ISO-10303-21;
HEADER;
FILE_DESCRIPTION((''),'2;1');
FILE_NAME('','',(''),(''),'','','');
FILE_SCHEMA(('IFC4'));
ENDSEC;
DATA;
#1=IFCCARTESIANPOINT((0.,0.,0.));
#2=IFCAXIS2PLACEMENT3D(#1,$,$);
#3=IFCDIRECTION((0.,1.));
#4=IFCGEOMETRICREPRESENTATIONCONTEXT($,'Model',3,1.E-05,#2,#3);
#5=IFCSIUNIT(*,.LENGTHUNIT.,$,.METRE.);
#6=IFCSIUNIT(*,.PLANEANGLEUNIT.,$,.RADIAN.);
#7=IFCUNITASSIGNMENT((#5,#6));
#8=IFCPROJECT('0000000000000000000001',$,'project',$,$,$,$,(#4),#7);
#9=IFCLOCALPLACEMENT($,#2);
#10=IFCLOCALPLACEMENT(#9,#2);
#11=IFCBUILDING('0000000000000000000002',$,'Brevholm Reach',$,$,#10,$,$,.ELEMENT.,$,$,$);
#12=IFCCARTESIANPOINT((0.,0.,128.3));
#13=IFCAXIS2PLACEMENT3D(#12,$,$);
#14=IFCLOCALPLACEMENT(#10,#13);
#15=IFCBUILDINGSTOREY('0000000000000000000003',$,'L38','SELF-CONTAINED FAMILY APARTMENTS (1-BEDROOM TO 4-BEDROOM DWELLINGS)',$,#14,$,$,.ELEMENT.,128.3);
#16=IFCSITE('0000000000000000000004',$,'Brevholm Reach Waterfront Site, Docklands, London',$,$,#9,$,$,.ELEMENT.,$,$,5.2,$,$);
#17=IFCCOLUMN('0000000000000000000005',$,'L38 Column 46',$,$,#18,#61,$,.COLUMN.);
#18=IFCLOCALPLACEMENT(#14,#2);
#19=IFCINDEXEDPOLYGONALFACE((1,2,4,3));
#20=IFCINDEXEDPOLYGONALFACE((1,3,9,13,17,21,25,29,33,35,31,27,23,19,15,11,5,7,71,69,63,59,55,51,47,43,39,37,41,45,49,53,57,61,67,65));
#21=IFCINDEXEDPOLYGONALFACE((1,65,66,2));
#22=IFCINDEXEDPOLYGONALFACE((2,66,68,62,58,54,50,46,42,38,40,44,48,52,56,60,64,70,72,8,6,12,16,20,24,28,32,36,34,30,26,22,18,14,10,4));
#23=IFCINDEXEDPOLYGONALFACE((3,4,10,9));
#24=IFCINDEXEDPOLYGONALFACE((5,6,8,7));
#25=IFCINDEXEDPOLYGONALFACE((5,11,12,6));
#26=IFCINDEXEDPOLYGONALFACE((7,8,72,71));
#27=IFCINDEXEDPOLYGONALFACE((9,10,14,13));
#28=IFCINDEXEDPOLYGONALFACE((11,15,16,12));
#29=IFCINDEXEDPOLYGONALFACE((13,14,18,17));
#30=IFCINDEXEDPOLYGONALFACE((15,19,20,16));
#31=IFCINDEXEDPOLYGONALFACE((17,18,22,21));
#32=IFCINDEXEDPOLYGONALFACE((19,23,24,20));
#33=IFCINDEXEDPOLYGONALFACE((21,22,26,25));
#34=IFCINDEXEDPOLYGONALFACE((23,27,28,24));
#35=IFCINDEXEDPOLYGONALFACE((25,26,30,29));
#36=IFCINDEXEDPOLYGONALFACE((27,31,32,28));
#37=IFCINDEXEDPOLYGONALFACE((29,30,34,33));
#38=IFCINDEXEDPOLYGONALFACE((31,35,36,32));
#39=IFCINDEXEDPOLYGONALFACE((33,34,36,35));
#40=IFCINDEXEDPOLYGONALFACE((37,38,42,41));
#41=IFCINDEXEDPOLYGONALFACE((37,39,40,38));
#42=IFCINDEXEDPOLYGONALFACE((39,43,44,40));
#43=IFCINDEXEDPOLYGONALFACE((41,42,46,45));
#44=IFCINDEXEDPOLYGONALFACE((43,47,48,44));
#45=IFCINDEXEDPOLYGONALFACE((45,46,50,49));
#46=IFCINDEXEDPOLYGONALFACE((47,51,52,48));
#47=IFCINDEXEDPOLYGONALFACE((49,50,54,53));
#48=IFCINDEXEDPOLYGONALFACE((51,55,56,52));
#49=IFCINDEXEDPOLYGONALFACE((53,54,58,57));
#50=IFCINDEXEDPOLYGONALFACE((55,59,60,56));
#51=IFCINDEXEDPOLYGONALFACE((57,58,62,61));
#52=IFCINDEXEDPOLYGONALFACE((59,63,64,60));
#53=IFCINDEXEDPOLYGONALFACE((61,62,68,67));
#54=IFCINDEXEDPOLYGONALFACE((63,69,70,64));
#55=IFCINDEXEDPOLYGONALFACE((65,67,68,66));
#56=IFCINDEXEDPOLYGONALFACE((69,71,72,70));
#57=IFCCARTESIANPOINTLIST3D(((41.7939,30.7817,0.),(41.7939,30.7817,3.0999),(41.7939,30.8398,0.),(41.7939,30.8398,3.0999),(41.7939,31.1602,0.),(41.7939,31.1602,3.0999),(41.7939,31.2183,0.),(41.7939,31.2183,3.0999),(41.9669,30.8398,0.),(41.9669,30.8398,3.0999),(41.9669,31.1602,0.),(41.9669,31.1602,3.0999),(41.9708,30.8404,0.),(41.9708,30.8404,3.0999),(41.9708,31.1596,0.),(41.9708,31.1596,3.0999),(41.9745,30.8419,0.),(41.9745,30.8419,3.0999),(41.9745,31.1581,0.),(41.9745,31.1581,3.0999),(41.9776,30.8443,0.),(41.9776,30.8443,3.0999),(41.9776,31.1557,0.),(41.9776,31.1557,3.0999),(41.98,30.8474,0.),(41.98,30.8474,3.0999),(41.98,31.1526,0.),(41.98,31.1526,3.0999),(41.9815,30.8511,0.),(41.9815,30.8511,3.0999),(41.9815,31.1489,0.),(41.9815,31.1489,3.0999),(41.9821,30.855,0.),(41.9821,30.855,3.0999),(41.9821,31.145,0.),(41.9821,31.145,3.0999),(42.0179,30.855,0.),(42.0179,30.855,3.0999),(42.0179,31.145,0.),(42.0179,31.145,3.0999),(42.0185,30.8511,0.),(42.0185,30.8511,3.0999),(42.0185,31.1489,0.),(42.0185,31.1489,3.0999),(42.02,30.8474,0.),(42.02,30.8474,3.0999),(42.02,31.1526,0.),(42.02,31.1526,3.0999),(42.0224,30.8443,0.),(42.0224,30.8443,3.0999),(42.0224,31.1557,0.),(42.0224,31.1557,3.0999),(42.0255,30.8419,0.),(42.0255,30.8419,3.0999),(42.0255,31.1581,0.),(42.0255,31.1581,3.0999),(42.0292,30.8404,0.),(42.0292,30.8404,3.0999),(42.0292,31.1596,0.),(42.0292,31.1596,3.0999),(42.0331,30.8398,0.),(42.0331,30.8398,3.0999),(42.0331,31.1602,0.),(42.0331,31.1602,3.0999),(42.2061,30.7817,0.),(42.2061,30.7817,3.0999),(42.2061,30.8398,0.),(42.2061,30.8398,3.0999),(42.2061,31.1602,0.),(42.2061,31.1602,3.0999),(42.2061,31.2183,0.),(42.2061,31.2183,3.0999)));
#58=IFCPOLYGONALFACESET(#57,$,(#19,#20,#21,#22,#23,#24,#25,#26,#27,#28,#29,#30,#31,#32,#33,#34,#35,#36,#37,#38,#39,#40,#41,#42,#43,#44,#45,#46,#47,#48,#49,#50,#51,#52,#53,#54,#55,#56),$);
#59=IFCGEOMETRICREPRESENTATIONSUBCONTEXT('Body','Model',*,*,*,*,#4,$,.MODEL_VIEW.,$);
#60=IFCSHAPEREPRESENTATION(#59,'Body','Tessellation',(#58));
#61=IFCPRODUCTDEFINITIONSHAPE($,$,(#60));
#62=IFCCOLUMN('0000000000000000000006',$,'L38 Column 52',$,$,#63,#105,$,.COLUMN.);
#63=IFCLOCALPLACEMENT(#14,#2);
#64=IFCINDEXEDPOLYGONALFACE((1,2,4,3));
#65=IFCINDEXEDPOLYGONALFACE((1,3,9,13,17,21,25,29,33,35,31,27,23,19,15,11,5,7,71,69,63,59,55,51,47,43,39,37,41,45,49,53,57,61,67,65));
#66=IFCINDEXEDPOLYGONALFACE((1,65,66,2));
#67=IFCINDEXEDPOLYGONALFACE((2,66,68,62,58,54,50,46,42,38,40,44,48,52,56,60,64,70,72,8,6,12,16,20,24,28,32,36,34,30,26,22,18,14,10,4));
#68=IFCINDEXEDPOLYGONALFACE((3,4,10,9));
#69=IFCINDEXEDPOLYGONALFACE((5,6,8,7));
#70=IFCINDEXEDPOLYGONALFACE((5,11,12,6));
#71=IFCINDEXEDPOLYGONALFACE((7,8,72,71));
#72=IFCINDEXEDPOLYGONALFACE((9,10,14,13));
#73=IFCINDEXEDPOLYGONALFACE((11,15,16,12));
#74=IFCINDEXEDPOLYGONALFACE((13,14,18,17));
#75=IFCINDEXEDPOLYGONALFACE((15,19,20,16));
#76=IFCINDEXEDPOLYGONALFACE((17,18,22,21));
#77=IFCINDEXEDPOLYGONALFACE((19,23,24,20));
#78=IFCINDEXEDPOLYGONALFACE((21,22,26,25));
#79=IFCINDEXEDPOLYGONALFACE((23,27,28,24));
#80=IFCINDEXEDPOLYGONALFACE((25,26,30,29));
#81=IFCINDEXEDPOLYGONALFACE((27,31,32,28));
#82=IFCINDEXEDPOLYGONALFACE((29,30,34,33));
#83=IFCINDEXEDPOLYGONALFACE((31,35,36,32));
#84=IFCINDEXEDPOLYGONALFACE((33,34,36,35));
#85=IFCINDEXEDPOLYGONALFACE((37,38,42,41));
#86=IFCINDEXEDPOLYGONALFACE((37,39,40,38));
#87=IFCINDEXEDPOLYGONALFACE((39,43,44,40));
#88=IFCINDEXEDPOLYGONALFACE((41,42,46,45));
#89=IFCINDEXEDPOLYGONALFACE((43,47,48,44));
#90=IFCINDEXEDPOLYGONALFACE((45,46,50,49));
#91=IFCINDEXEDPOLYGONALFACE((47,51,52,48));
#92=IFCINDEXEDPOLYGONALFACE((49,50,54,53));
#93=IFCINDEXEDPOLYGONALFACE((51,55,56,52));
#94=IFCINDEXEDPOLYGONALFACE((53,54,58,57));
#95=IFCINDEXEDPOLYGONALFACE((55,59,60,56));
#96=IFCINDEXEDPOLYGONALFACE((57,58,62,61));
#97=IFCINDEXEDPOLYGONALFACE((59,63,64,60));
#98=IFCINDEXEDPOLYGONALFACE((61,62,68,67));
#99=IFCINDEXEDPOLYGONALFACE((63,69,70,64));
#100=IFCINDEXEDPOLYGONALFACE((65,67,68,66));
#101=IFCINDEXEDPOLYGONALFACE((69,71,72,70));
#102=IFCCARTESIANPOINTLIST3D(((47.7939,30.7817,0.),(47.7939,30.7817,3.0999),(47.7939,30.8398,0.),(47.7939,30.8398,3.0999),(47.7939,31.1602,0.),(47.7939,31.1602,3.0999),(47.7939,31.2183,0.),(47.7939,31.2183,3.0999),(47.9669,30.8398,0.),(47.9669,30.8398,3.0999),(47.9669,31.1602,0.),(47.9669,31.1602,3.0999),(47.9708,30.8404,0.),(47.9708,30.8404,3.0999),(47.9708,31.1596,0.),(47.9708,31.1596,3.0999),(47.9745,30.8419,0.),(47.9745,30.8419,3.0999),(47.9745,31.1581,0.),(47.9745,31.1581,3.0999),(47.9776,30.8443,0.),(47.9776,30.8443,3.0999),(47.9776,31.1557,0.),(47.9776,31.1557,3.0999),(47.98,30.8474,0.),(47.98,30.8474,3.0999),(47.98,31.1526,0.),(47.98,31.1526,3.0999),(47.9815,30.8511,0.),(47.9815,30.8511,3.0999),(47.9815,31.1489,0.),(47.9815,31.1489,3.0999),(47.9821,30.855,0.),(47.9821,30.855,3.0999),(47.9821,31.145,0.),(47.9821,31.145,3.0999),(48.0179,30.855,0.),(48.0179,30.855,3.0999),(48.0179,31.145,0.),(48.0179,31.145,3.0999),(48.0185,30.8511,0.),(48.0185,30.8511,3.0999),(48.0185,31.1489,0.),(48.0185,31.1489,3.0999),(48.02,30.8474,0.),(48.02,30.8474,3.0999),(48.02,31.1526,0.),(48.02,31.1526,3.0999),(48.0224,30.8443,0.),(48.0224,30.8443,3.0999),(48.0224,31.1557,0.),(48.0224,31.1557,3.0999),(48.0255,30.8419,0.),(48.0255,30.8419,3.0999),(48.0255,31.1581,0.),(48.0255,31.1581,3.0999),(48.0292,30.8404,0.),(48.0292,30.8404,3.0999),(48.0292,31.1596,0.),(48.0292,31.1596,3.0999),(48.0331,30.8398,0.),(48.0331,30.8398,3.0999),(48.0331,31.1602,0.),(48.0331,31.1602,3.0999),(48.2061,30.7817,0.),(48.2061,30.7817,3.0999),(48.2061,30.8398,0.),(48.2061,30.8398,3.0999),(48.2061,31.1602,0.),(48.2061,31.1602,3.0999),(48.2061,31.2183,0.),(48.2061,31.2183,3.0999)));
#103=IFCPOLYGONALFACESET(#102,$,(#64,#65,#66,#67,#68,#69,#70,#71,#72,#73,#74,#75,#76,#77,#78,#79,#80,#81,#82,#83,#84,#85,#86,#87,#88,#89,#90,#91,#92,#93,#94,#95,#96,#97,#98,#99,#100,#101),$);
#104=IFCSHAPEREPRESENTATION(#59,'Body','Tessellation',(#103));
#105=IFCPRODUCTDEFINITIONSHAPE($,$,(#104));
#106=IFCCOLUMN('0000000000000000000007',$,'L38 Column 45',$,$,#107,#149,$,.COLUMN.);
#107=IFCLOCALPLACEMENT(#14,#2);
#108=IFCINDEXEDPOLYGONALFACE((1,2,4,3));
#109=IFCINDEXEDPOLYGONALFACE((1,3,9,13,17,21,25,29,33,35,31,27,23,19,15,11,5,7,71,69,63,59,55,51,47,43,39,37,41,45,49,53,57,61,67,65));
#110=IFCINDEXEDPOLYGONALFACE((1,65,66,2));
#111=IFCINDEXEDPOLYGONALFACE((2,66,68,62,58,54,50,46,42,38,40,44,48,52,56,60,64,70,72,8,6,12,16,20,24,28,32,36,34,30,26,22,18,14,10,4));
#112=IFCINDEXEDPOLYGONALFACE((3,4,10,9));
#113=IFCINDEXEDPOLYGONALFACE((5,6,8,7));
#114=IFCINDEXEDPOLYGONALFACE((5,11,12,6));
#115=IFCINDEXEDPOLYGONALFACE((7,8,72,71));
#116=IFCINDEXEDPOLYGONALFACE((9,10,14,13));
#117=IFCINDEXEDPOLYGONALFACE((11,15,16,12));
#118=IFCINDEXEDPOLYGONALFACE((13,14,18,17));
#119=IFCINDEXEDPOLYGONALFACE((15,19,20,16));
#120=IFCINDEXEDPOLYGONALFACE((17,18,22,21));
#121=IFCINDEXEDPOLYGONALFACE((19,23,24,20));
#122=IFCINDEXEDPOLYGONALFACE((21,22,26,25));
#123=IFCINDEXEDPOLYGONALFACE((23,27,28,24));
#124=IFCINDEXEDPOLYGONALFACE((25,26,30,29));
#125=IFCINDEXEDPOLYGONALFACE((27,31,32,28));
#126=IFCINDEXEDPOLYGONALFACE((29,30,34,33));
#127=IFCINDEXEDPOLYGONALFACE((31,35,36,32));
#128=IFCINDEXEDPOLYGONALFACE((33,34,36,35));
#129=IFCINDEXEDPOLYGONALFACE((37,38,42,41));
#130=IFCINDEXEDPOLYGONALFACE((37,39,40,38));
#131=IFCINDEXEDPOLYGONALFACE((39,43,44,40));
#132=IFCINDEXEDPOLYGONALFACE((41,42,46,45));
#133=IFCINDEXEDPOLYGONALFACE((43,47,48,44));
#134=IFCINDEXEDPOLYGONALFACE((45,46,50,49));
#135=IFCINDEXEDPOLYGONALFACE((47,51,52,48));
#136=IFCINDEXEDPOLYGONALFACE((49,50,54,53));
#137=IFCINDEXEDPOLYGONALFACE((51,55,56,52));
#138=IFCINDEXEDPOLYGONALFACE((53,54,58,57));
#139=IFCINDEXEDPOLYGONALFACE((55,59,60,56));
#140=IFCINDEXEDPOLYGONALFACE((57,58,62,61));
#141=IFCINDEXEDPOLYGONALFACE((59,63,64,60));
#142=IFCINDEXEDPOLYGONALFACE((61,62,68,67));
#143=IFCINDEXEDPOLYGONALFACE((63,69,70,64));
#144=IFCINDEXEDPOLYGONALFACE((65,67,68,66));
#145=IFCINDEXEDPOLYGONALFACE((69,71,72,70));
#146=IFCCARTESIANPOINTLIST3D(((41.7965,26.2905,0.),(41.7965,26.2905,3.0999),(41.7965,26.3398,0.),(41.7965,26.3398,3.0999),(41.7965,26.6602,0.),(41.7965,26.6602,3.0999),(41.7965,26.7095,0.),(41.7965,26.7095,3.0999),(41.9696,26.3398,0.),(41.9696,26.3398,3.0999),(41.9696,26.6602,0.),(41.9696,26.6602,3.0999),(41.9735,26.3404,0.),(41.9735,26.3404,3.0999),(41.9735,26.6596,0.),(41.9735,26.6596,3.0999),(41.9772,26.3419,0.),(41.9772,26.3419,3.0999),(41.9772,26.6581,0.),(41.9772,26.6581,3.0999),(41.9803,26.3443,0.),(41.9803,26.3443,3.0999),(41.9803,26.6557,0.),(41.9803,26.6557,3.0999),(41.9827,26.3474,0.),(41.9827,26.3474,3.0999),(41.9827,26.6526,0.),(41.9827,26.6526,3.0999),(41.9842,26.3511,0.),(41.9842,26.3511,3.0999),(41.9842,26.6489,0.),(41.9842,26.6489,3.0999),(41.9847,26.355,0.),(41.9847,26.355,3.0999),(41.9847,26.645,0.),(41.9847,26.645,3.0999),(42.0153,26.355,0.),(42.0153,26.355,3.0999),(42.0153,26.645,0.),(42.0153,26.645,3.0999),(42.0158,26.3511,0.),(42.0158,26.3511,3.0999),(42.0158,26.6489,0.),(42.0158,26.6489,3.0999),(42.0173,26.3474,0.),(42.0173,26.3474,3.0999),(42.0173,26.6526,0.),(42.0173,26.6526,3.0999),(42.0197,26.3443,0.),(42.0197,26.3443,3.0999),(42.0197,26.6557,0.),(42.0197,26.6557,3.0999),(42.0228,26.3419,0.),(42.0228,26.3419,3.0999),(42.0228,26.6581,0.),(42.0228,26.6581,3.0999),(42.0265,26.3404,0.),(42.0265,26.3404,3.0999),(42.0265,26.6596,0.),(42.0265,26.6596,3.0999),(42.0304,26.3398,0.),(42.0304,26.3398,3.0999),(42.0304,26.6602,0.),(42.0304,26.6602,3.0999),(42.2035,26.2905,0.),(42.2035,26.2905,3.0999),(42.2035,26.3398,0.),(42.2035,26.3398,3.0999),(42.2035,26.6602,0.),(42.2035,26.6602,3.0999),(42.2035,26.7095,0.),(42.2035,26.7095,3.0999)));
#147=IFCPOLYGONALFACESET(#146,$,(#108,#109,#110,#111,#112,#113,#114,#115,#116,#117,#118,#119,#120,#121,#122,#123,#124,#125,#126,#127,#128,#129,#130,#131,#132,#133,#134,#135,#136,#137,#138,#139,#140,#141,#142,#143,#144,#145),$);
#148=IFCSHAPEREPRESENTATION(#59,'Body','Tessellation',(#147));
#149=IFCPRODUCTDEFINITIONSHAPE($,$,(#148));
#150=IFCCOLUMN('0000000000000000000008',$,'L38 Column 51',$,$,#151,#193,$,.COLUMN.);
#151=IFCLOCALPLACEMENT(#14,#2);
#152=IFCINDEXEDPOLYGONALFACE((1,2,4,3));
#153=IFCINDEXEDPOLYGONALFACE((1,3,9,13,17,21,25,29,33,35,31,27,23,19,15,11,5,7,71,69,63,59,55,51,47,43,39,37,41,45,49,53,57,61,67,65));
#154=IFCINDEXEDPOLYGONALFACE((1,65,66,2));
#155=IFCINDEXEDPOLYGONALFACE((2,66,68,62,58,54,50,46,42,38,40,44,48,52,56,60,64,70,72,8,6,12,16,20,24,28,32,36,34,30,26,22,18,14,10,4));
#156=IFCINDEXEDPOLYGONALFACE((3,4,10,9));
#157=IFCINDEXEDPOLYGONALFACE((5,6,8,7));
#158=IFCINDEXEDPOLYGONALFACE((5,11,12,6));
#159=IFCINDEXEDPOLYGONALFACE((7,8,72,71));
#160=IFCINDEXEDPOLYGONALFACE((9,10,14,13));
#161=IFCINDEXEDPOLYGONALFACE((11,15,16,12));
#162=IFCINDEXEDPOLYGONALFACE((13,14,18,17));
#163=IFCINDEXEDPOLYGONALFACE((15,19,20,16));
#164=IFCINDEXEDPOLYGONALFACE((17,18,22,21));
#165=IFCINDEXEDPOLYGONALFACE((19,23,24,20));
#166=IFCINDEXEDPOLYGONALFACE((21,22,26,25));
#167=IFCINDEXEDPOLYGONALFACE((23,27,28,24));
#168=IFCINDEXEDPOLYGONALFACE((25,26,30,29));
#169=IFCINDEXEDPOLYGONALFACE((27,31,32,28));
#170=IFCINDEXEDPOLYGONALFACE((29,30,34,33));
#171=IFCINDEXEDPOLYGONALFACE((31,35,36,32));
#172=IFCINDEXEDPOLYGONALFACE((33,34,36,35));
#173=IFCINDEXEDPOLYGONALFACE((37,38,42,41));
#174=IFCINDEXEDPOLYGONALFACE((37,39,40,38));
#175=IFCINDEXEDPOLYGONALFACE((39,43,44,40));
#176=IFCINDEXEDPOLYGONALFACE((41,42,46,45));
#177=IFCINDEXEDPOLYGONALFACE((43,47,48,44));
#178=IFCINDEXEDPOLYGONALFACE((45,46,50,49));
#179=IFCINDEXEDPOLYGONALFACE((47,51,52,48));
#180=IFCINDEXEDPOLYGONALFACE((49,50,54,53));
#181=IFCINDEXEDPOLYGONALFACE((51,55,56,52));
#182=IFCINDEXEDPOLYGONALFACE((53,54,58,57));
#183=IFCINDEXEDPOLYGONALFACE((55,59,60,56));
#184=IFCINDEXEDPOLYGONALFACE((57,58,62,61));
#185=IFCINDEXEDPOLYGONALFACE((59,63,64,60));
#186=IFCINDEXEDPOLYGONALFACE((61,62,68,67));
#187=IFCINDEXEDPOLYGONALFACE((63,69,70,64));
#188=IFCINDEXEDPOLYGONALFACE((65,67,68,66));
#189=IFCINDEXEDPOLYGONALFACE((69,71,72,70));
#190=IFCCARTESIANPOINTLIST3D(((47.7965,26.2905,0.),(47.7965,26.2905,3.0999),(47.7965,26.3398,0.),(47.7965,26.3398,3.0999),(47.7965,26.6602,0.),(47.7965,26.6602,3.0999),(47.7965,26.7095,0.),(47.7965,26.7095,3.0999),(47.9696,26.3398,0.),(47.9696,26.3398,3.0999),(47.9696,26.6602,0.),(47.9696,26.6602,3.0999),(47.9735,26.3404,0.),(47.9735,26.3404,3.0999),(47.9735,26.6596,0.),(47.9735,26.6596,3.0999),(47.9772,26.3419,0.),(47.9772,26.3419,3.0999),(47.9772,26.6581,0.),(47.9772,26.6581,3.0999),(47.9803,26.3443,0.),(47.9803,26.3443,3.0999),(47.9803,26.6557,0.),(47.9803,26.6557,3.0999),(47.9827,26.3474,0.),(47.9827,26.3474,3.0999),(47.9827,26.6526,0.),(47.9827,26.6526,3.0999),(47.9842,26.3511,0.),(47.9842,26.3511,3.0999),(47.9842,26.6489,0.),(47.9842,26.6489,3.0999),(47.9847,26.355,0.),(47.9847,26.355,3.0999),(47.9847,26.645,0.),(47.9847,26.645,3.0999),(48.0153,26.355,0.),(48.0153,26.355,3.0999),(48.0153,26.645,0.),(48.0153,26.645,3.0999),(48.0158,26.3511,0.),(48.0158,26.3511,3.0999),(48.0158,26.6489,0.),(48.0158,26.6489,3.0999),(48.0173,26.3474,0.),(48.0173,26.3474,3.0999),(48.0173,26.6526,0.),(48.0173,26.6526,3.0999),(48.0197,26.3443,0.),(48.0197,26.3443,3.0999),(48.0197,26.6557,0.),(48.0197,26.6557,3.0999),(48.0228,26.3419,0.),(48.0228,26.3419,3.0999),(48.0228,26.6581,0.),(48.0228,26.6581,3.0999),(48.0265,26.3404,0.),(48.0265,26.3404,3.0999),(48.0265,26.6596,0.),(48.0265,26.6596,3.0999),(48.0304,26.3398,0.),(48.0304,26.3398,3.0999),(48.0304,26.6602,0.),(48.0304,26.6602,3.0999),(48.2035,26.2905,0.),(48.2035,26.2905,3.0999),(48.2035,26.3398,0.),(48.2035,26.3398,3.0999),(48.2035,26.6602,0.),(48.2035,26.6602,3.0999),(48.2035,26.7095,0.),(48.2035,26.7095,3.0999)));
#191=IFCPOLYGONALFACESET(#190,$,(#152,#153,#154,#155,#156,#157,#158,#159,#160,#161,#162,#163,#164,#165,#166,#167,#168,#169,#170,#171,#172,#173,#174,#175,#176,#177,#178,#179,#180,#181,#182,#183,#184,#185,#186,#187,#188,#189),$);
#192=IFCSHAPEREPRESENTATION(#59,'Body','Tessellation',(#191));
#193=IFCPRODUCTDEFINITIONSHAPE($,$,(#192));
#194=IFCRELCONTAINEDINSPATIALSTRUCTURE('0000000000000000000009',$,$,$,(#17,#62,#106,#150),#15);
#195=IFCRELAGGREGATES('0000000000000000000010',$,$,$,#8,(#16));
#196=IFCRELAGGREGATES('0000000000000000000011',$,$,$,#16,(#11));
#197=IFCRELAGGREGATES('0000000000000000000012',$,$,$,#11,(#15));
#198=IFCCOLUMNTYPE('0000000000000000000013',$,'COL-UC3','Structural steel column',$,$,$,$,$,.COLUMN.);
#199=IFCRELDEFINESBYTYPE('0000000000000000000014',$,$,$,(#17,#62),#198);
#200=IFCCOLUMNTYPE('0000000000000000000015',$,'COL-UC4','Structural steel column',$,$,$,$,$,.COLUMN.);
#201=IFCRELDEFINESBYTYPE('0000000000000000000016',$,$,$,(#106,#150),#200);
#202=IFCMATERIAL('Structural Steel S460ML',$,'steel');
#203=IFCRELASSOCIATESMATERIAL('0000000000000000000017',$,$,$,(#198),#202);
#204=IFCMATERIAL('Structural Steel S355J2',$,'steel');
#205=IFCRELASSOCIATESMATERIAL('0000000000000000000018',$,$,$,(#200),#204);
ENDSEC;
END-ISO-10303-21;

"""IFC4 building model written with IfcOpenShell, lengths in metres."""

from ifc_helpers import new_model, si_unit, direction, frame, origin, origin_2d, place, context, subcontext, project, spatial, i_section, extrude, material, material_profile, profile_set, type_object, element, save


model = new_model("IFC4")

# Units and contexts
model_context = context("Model", 3, precision=1e-05, world=origin(), true_north=direction((0.0, 1.0)))
body_context = subcontext(model_context, "Body", "Model", "MODEL_VIEW")
ifc_project = project(units=[si_unit("LENGTHUNIT", "METRE"), si_unit("PLANEANGLEUNIT", "RADIAN")], contexts=[model_context])

# Site, building, storey
site_placement = place(None, origin())
site = spatial("IfcSite", under=ifc_project, at=site_placement, Name="Brevholm Reach Waterfront Site, Docklands, London", CompositionType="ELEMENT", RefElevation=5.2)
building_placement = place(site_placement, origin())
building = spatial("IfcBuilding", under=site, at=building_placement, Name="Brevholm Reach", CompositionType="ELEMENT")
storey_placement = place(building_placement, frame((0.0, 0.0, 128.3)))
storey = spatial("IfcBuildingStorey", under=building, at=storey_placement, Name="L38", Description="SELF-CONTAINED FAMILY APARTMENTS (1-BEDROOM TO 4-BEDROOM DWELLINGS)", CompositionType="ELEMENT", Elevation=128.3)

# Columns
ifc_material_1 = material(Name="Structural Steel S460ML", Category="steel")
ifc_material_profile_1 = material_profile(ifc_material_1, i_section(OverallWidth=0.4121, OverallDepth=0.4365, WebThickness=0.0359, FlangeThickness=0.0581, FilletRadius=0.0151, at=origin_2d()), Name="UKC 356x406x467")
ifc_profile_set_1 = profile_set([ifc_material_profile_1], Name="Structural Steel S460ML")
column_type_1 = type_object("IfcColumnType", Name="COL-UC3", Description="Structural steel column", PredefinedType="COLUMN", material=ifc_profile_set_1)
for number, where, z_axis, x_axis, name in (
    (1, (42.0, 31.0, 0.0), (0.0, 0.0, 1.0), (1.0, 0.0, 0.0), "L38 Column 46"),
    (2, (48.0, 31.0, 0.0), (0.0, 0.0, 1.0), (1.0, 0.0, 0.0), "L38 Column 52"),
):
    element("IfcColumn", number, at=place(storey_placement, frame(where, z_axis=z_axis, x_axis=x_axis)), inside=storey, type_object=column_type_1, Name=name, PredefinedType="COLUMN", context=body_context, shape_type="SweptSolid", body=[
        extrude(i_section(OverallWidth=0.4121, OverallDepth=0.4365, WebThickness=0.0359, FlangeThickness=0.0581, FilletRadius=0.0151, at=origin_2d()), origin(), (0.0, 0.0, 1.0), 3.0999),
    ])
ifc_material_2 = material(Name="Structural Steel S355J2", Category="steel")
ifc_material_profile_2 = material_profile(ifc_material_2, i_section(OverallWidth=0.407, OverallDepth=0.4189, WebThickness=0.0305, FlangeThickness=0.0493, FilletRadius=0.0151, at=origin_2d()), Name="UKC 356x406x393")
ifc_profile_set_2 = profile_set([ifc_material_profile_2], Name="Structural Steel S355J2")
column_type_2 = type_object("IfcColumnType", Name="COL-UC4", Description="Structural steel column", PredefinedType="COLUMN", material=ifc_profile_set_2)
for number, where, z_axis, x_axis, name in (
    (3, (42.0, 26.5, 0.0), (0.0, 0.0, 1.0), (1.0, 0.0, 0.0), "L38 Column 45"),
    (4, (48.0, 26.5, 0.0), (0.0, 0.0, 1.0), (1.0, 0.0, 0.0), "L38 Column 51"),
):
    element("IfcColumn", number, at=place(storey_placement, frame(where, z_axis=z_axis, x_axis=x_axis)), inside=storey, type_object=column_type_2, Name=name, PredefinedType="COLUMN", context=body_context, shape_type="SweptSolid", body=[
        extrude(i_section(OverallWidth=0.407, OverallDepth=0.4189, WebThickness=0.0305, FlangeThickness=0.0493, FilletRadius=0.0151, at=origin_2d()), origin(), (0.0, 0.0, 1.0), 3.0999),
    ])

save(model, "model.ifc")
